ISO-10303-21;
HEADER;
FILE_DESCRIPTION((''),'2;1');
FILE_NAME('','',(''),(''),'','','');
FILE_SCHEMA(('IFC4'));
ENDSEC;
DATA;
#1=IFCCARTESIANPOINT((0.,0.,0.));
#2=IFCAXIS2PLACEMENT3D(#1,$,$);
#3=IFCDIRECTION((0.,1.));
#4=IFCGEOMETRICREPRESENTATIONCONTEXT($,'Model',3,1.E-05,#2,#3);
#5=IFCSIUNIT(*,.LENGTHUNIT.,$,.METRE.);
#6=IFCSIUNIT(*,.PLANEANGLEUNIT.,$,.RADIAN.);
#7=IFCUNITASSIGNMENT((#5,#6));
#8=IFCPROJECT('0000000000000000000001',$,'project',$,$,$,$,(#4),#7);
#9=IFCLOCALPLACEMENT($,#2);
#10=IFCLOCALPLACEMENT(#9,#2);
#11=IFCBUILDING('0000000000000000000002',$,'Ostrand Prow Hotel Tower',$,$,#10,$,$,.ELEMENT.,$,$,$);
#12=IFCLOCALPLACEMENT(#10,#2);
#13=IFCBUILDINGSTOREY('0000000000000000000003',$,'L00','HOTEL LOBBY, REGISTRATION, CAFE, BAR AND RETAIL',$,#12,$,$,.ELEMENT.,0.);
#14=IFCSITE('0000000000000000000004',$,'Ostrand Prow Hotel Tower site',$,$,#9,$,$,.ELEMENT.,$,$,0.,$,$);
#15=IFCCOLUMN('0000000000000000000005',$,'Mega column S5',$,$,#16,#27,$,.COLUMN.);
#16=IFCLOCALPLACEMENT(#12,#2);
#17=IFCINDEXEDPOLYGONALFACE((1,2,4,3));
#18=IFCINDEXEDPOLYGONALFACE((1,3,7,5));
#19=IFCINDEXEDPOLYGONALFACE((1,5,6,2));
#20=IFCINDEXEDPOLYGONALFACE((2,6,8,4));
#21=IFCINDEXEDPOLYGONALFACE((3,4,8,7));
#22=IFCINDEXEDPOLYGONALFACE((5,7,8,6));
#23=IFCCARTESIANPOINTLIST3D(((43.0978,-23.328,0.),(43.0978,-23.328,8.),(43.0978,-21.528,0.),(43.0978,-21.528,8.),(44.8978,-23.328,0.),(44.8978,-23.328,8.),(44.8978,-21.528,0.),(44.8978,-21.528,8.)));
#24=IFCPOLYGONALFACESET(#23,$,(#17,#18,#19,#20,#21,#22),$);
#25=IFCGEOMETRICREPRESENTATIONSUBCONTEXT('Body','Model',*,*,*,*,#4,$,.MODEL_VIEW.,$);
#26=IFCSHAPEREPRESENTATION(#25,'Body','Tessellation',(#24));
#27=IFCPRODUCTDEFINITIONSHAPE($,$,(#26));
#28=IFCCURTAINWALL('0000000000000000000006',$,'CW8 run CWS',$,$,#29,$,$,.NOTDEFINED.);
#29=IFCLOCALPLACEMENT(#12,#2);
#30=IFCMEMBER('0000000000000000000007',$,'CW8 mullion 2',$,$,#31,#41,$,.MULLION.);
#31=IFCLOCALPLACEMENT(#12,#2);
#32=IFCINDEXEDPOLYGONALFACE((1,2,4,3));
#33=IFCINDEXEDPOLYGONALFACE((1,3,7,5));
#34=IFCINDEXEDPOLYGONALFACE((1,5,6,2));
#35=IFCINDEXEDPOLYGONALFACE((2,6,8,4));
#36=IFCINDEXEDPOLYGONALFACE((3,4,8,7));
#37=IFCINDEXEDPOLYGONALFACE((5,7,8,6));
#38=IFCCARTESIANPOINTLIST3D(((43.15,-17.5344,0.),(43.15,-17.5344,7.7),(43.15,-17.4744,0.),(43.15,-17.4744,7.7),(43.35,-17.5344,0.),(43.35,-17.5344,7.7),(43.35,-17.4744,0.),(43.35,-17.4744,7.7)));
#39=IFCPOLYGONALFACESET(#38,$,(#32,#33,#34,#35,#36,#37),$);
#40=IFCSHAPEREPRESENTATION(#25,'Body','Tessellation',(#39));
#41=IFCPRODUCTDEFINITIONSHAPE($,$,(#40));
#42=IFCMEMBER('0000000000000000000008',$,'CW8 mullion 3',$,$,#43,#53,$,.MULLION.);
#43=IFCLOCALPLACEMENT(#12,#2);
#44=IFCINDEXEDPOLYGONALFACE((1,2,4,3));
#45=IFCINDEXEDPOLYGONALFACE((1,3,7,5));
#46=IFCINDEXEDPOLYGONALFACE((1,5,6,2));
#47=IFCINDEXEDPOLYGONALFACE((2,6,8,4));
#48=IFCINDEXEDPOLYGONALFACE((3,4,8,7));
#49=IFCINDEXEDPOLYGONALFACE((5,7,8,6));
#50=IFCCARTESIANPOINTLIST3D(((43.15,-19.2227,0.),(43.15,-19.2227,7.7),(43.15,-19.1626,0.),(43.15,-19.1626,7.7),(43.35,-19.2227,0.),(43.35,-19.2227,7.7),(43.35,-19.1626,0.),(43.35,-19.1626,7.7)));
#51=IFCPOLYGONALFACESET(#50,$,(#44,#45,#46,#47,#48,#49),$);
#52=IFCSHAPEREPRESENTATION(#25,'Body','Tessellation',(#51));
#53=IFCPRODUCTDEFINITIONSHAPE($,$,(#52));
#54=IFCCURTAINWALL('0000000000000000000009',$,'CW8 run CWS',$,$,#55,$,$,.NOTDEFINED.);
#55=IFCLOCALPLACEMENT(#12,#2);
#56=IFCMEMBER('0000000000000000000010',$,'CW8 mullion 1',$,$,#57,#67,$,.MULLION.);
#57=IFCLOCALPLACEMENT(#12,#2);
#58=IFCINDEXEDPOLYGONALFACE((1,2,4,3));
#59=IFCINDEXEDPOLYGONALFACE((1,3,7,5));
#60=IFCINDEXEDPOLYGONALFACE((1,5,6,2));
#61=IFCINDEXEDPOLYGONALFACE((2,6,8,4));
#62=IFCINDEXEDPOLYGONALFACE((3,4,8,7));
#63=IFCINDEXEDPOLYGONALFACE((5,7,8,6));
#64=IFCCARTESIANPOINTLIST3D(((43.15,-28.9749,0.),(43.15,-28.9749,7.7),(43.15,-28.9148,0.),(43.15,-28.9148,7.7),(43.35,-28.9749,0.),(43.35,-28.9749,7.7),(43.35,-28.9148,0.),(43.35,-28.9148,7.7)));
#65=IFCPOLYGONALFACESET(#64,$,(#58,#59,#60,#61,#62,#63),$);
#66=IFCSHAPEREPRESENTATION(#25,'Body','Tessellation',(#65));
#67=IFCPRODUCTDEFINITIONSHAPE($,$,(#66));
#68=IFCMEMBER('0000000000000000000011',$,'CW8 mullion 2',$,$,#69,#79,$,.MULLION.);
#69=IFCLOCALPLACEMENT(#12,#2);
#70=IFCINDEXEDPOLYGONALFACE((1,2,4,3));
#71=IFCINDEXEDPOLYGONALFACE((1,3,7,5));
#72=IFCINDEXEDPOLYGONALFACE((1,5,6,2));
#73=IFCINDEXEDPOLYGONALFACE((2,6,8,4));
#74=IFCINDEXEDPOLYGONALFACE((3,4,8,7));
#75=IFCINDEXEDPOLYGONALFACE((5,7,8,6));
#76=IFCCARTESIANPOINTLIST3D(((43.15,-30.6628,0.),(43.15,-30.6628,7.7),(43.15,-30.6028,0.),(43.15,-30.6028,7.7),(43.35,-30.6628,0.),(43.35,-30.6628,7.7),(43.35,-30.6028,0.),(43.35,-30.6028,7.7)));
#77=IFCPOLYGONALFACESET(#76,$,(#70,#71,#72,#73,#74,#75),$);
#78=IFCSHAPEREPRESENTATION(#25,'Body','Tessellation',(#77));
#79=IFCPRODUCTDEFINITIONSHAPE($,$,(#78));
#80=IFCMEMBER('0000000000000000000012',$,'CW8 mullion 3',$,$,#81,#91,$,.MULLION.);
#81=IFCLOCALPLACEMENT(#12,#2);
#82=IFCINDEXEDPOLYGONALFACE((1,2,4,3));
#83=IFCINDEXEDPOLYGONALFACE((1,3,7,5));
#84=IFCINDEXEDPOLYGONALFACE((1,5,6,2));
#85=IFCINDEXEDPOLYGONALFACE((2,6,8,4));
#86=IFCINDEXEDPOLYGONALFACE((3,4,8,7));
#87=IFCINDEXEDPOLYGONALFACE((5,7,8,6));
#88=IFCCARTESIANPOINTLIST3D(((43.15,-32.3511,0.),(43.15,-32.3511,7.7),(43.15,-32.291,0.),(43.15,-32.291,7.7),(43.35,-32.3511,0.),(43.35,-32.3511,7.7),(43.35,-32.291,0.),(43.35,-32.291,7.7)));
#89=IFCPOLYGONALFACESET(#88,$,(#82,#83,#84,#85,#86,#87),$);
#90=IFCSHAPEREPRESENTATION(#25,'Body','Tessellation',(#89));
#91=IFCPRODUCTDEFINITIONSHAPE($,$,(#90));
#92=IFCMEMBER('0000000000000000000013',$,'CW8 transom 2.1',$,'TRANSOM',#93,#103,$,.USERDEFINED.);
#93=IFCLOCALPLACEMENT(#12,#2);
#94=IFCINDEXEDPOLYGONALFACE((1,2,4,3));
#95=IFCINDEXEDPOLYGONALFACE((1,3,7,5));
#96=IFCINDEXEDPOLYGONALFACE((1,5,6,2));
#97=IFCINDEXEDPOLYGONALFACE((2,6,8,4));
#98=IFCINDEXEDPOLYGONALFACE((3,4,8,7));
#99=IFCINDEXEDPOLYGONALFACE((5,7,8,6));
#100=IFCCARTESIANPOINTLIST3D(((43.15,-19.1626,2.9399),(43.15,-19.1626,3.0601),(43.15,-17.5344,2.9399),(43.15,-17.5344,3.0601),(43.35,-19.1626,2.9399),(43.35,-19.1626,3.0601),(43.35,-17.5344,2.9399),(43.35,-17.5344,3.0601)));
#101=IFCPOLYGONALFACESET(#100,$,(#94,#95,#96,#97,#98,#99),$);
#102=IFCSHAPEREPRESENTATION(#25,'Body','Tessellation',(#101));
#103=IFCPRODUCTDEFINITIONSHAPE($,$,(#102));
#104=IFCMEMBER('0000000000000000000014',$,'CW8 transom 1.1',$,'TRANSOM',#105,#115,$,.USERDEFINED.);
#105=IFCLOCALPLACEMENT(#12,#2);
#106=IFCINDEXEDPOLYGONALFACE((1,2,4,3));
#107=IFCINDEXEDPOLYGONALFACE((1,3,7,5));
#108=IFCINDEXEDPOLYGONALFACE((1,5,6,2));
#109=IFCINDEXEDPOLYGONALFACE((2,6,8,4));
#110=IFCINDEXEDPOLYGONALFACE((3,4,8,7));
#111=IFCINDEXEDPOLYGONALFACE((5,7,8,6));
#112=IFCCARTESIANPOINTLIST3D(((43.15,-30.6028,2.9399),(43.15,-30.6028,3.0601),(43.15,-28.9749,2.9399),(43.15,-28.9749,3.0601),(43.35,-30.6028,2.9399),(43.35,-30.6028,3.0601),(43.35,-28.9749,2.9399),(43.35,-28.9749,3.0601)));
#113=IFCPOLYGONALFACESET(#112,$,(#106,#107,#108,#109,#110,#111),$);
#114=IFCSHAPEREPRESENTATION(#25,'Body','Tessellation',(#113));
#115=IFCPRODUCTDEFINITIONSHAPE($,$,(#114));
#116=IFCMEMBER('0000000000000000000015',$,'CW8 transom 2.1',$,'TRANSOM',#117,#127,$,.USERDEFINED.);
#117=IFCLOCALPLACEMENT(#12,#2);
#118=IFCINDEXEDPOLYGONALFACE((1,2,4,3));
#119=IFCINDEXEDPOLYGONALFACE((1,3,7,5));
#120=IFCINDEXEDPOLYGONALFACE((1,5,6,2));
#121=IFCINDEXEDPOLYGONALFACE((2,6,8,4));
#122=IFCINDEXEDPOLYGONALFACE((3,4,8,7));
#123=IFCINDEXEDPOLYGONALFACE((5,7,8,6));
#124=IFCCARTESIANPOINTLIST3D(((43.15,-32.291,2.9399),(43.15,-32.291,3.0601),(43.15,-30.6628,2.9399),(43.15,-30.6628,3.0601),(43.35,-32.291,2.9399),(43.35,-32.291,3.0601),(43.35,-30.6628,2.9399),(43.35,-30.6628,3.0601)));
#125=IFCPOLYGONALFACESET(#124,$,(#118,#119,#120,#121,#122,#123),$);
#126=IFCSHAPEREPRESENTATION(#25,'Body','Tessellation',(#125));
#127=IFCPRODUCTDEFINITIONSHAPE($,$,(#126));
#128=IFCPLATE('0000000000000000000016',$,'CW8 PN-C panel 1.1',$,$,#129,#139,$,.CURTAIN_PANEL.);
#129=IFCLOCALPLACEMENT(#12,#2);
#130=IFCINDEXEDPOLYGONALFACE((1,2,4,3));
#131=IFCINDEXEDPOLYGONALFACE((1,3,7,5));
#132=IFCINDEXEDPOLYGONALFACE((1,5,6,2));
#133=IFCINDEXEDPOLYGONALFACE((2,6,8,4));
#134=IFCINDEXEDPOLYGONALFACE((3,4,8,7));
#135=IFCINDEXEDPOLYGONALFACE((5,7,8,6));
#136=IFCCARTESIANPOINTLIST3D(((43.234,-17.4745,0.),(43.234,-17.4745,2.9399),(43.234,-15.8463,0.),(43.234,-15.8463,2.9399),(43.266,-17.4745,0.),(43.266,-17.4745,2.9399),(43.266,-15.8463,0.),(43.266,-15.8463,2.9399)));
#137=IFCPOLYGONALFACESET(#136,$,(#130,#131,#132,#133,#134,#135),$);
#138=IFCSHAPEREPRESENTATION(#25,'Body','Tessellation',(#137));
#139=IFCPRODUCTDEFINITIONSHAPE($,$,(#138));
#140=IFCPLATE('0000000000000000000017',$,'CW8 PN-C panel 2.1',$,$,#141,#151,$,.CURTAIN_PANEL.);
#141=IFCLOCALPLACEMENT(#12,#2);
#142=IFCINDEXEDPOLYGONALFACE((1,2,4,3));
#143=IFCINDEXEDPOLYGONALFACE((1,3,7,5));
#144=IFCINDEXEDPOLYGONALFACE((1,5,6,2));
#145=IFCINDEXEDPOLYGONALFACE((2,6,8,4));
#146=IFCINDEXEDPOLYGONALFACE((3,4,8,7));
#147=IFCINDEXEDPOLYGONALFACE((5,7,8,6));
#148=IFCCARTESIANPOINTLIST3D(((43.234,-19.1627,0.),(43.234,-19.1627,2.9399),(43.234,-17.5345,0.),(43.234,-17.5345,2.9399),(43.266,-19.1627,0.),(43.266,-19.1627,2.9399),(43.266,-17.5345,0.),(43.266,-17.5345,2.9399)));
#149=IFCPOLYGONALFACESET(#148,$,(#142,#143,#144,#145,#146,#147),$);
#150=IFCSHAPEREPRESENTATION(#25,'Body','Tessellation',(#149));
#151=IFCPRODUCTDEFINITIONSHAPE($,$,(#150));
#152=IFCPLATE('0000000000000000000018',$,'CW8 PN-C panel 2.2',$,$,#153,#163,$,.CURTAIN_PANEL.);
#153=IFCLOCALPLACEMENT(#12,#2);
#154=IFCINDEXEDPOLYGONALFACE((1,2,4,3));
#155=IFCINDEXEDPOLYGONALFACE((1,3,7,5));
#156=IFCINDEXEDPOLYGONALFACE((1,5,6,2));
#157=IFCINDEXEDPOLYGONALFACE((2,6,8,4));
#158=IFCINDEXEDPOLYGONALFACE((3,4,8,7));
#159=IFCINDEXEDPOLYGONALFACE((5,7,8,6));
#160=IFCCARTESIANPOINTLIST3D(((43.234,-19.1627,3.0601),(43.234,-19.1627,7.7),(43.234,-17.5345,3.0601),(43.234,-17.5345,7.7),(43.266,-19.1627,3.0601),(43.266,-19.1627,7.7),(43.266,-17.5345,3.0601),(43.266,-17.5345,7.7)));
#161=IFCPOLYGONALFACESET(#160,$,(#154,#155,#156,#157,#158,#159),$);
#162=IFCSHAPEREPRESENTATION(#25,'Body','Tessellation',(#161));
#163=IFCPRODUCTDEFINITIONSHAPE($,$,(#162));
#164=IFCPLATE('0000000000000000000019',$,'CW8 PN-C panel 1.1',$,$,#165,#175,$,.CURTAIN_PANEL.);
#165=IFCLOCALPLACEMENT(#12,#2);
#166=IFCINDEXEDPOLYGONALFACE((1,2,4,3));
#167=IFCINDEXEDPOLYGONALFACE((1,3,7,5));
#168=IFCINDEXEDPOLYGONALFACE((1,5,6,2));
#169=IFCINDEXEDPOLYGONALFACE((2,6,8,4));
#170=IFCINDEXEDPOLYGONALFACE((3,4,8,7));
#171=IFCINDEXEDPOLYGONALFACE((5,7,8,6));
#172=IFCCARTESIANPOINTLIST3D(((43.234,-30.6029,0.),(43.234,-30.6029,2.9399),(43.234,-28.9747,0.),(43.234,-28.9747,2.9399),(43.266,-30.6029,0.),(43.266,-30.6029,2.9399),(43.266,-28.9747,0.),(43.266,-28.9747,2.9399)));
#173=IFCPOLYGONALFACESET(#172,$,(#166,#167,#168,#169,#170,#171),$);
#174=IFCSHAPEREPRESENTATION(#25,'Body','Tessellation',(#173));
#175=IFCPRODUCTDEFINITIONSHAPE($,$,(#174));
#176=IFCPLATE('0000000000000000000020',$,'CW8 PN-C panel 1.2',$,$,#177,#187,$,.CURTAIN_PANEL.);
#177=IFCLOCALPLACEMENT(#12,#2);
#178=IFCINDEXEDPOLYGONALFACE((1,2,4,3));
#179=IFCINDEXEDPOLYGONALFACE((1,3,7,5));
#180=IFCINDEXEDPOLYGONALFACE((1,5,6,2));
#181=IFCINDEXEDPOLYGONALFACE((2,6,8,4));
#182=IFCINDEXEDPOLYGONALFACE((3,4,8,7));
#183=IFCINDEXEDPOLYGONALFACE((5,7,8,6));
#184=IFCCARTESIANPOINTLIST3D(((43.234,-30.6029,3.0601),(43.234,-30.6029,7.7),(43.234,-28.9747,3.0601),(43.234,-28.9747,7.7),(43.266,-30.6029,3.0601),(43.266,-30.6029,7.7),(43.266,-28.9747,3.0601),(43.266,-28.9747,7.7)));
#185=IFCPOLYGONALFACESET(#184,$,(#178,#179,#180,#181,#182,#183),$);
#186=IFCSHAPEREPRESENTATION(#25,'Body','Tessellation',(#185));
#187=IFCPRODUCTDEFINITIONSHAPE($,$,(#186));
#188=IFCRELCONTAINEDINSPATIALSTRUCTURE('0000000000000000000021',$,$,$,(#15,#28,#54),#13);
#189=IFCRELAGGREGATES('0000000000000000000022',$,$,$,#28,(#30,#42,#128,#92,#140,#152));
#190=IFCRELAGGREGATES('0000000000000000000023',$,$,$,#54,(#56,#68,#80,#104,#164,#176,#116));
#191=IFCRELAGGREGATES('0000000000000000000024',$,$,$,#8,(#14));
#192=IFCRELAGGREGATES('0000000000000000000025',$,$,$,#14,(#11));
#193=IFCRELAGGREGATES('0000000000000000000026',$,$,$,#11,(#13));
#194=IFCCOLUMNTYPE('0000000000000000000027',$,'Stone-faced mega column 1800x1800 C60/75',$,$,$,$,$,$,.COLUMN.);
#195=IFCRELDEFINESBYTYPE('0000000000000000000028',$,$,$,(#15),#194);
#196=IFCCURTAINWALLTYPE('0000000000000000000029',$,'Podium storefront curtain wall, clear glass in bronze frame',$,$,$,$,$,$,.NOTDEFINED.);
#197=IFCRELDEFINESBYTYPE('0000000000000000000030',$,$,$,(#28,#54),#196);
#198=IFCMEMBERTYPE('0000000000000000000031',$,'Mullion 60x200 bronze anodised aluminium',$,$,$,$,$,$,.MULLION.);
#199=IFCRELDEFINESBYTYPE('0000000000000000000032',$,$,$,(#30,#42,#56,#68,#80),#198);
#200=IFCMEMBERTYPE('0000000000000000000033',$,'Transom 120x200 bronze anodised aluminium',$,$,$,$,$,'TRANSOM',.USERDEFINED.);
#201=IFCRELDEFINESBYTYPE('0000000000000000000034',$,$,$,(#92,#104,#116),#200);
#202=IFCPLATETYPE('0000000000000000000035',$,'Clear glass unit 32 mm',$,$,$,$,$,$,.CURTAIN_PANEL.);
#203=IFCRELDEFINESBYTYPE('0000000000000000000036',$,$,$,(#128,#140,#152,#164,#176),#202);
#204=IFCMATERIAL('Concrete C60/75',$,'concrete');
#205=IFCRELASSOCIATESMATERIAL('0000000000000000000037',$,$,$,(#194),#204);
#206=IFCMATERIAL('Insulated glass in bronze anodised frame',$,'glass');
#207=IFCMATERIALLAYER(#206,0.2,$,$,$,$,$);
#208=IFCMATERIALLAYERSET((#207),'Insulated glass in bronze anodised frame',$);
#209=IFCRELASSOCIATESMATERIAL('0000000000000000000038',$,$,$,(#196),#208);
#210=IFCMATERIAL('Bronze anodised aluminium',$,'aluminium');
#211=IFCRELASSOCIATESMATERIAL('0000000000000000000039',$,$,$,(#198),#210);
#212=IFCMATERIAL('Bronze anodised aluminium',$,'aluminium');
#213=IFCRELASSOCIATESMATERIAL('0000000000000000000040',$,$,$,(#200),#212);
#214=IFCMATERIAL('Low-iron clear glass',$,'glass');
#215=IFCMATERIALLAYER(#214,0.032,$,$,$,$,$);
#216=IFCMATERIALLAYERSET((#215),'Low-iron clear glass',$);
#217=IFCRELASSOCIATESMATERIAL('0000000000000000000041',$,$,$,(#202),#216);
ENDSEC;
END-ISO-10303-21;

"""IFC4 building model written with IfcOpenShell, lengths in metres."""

from ifc_helpers import new_model, si_unit, direction, frame, origin, origin_2d, place, context, subcontext, project, spatial, rectangle, extrude, material, layer, layer_set, material_profile, profile_set, type_object, element, aggregate, save


model = new_model("IFC4")

# Units and contexts
model_context = context("Model", 3, precision=1e-05, world=origin(), true_north=direction((0.0, 1.0)))
body_context = subcontext(model_context, "Body", "Model", "MODEL_VIEW")
ifc_project = project(units=[si_unit("LENGTHUNIT", "METRE"), si_unit("PLANEANGLEUNIT", "RADIAN")], contexts=[model_context])

# Site, building, storey
site_placement = place(None, origin())
site = spatial("IfcSite", under=ifc_project, at=site_placement, Name="Ostrand Prow Hotel Tower site", CompositionType="ELEMENT", RefElevation=0.0)
building_placement = place(site_placement, origin())
building = spatial("IfcBuilding", under=site, at=building_placement, Name="Ostrand Prow Hotel Tower", CompositionType="ELEMENT")
storey_placement = place(building_placement, origin())
storey = spatial("IfcBuildingStorey", under=building, at=storey_placement, Name="L00", Description="HOTEL LOBBY, REGISTRATION, CAFE, BAR AND RETAIL", CompositionType="ELEMENT", Elevation=0.0)

# Column
ifc_material_1 = material(Name="Concrete C60/75", Category="concrete")
ifc_material_profile_1 = material_profile(ifc_material_1, rectangle(XDim=1.8, YDim=1.8, at=origin_2d()), Name="RC 1800x1800")
ifc_profile_set_1 = profile_set([ifc_material_profile_1], Name="Concrete C60/75")
column_type = type_object("IfcColumnType", Name="Stone-faced mega column 1800x1800 C60/75", PredefinedType="COLUMN", material=ifc_profile_set_1)
column_placement = place(storey_placement, frame((43.9978, -22.428, 0.0), z_axis=(0.0, 0.0, 1.0), x_axis=(1.0, 0.0, 0.0)))
element("IfcColumn", 1, at=column_placement, inside=storey, type_object=column_type, Name="Mega column S5", PredefinedType="COLUMN", context=body_context, shape_type="SweptSolid", body=[
    extrude(rectangle(XDim=1.8, YDim=1.8, at=origin_2d()), origin(), (0.0, 0.0, 1.0), 8.0),
])

# Curtain walls, members
ifc_material_2 = material(Name="Insulated glass in bronze anodised frame", Category="glass")
ifc_layer_1 = layer(ifc_material_2, 0.2)
ifc_layer_set_1 = layer_set([ifc_layer_1], Name="Insulated glass in bronze anodised frame")
curtain_wall_type = type_object("IfcCurtainWallType", Name="Podium storefront curtain wall, clear glass in bronze frame", PredefinedType="NOTDEFINED", material=ifc_layer_set_1)
curtain_wall_1_placement = place(storey_placement, origin())
curtain_wall_1 = element("IfcCurtainWall", 2, at=curtain_wall_1_placement, inside=storey, type_object=curtain_wall_type, Name="CW8 run CWS", PredefinedType="NOTDEFINED")
ifc_material_3 = material(Name="Bronze anodised aluminium", Category="aluminium")
ifc_material_profile_2 = material_profile(ifc_material_3, rectangle(XDim=0.2, YDim=0.0601, at=origin_2d()), Name="Mullion 60x200 bronze anodised aluminium")
ifc_profile_set_2 = profile_set([ifc_material_profile_2], Name="Bronze anodised aluminium")
member_type_1 = type_object("IfcMemberType", Name="Mullion 60x200 bronze anodised aluminium", PredefinedType="MULLION", material=ifc_profile_set_2)
member_1_placement = place(storey_placement, frame((43.25, -17.5044, 0.0), z_axis=(0.0, 0.0, 1.0), x_axis=(1.0, 0.0, 0.0)))
member_1 = element("IfcMember", 3, at=member_1_placement, type_object=member_type_1, Name="CW8 mullion 2", PredefinedType="MULLION", context=body_context, shape_type="SweptSolid", body=[
    extrude(rectangle(XDim=0.2, YDim=0.0601, at=origin_2d()), origin(), (0.0, 0.0, 1.0), 7.7),
])
member_2_placement = place(storey_placement, frame((43.25, -19.1926, 0.0), z_axis=(0.0, 0.0, 1.0), x_axis=(1.0, 0.0, 0.0)))
member_2 = element("IfcMember", 4, at=member_2_placement, type_object=member_type_1, Name="CW8 mullion 3", PredefinedType="MULLION", context=body_context, shape_type="SweptSolid", body=[
    extrude(rectangle(XDim=0.2, YDim=0.0601, at=origin_2d()), origin(), (0.0, 0.0, 1.0), 7.7),
])
curtain_wall_2_placement = place(storey_placement, origin())
curtain_wall_2 = element("IfcCurtainWall", 5, at=curtain_wall_2_placement, inside=storey, type_object=curtain_wall_type, Name="CW8 run CWS", PredefinedType="NOTDEFINED")
member_3_placement = place(storey_placement, frame((43.25, -28.9448, 0.0), z_axis=(0.0, 0.0, 1.0), x_axis=(1.0, 0.0, 0.0)))
member_3 = element("IfcMember", 6, at=member_3_placement, type_object=member_type_1, Name="CW8 mullion 1", PredefinedType="MULLION", context=body_context, shape_type="SweptSolid", body=[
    extrude(rectangle(XDim=0.2, YDim=0.0601, at=origin_2d()), origin(), (0.0, 0.0, 1.0), 7.7),
])
member_4_placement = place(storey_placement, frame((43.25, -30.6328, 0.0), z_axis=(0.0, 0.0, 1.0), x_axis=(1.0, 0.0, 0.0)))
member_4 = element("IfcMember", 7, at=member_4_placement, type_object=member_type_1, Name="CW8 mullion 2", PredefinedType="MULLION", context=body_context, shape_type="SweptSolid", body=[
    extrude(rectangle(XDim=0.2, YDim=0.0601, at=origin_2d()), origin(), (0.0, 0.0, 1.0), 7.7),
])
member_5_placement = place(storey_placement, frame((43.25, -32.321, 0.0), z_axis=(0.0, 0.0, 1.0), x_axis=(1.0, 0.0, 0.0)))
member_5 = element("IfcMember", 8, at=member_5_placement, type_object=member_type_1, Name="CW8 mullion 3", PredefinedType="MULLION", context=body_context, shape_type="SweptSolid", body=[
    extrude(rectangle(XDim=0.2, YDim=0.0601, at=origin_2d()), origin(), (0.0, 0.0, 1.0), 7.7),
])

# Members
ifc_material_4 = material(Name="Bronze anodised aluminium", Category="aluminium")
ifc_material_profile_3 = material_profile(ifc_material_4, rectangle(XDim=0.2, YDim=0.1201, at=origin_2d()), Name="Transom 120x200 bronze anodised aluminium")
ifc_profile_set_3 = profile_set([ifc_material_profile_3], Name="Bronze anodised aluminium")
member_type_2 = type_object("IfcMemberType", Name="Transom 120x200 bronze anodised aluminium", ElementType="TRANSOM", PredefinedType="USERDEFINED", material=ifc_profile_set_3)
member_6_placement = place(storey_placement, frame((43.25, -17.5344, 3.0), z_axis=(0.0, -1.0, 0.0), x_axis=(1.0, 0.0, 0.0)))
member_6 = element("IfcMember", 9, at=member_6_placement, type_object=member_type_2, Name="CW8 transom 2.1", ObjectType="TRANSOM", PredefinedType="USERDEFINED", context=body_context, shape_type="SweptSolid", body=[
    extrude(rectangle(XDim=0.2, YDim=0.1201, at=origin_2d()), origin(), (0.0, 0.0, 1.0), 1.6282),
])
member_7_placement = place(storey_placement, frame((43.25, -28.9749, 3.0), z_axis=(0.0, -1.0, 0.0), x_axis=(1.0, 0.0, 0.0)))
member_7 = element("IfcMember", 10, at=member_7_placement, type_object=member_type_2, Name="CW8 transom 1.1", ObjectType="TRANSOM", PredefinedType="USERDEFINED", context=body_context, shape_type="SweptSolid", body=[
    extrude(rectangle(XDim=0.2, YDim=0.1201, at=origin_2d()), origin(), (0.0, 0.0, 1.0), 1.6279),
])
member_8_placement = place(storey_placement, frame((43.25, -30.6628, 3.0), z_axis=(0.0, -1.0, 0.0), x_axis=(1.0, 0.0, 0.0)))
member_8 = element("IfcMember", 11, at=member_8_placement, type_object=member_type_2, Name="CW8 transom 2.1", ObjectType="TRANSOM", PredefinedType="USERDEFINED", context=body_context, shape_type="SweptSolid", body=[
    extrude(rectangle(XDim=0.2, YDim=0.1201, at=origin_2d()), origin(), (0.0, 0.0, 1.0), 1.6282),
])

# Plates
ifc_material_5 = material(Name="Low-iron clear glass", Category="glass")
ifc_layer_2 = layer(ifc_material_5, 0.032)
ifc_layer_set_2 = layer_set([ifc_layer_2], Name="Low-iron clear glass")
plate_type = type_object("IfcPlateType", Name="Clear glass unit 32 mm", PredefinedType="CURTAIN_PANEL", material=ifc_layer_set_2)
plate_1_placement = place(storey_placement, frame((43.25, -16.6604, 0.0), z_axis=(0.0, 0.0, 1.0), x_axis=(0.0, -1.0, 0.0)))
plate_1 = element("IfcPlate", 12, at=plate_1_placement, type_object=plate_type, Name="CW8 PN-C panel 1.1", PredefinedType="CURTAIN_PANEL", context=body_context, shape_type="SweptSolid", body=[
    extrude(rectangle(XDim=1.6282, YDim=0.032, at=origin_2d()), origin(), (0.0, 0.0, 1.0), 2.9399),
])
plate_2_placement = place(storey_placement, frame((43.25, -18.3486, 0.0), z_axis=(0.0, 0.0, 1.0), x_axis=(0.0, -1.0, 0.0)))
plate_2 = element("IfcPlate", 13, at=plate_2_placement, type_object=plate_type, Name="CW8 PN-C panel 2.1", PredefinedType="CURTAIN_PANEL", context=body_context, shape_type="SweptSolid", body=[
    extrude(rectangle(XDim=1.6282, YDim=0.032, at=origin_2d()), origin(), (0.0, 0.0, 1.0), 2.9399),
])
plate_3_placement = place(storey_placement, frame((43.25, -18.3486, 3.0601), z_axis=(0.0, 0.0, 1.0), x_axis=(0.0, -1.0, 0.0)))
plate_3 = element("IfcPlate", 14, at=plate_3_placement, type_object=plate_type, Name="CW8 PN-C panel 2.2", PredefinedType="CURTAIN_PANEL", context=body_context, shape_type="SweptSolid", body=[
    extrude(rectangle(XDim=1.6282, YDim=0.032, at=origin_2d()), origin(), (0.0, 0.0, 1.0), 4.6399),
])
aggregate(curtain_wall_1, [member_1, member_2, plate_1, member_6, plate_2, plate_3])
plate_4_placement = place(storey_placement, frame((43.25, -29.7888, 0.0), z_axis=(0.0, 0.0, 1.0), x_axis=(0.0, -1.0, 0.0)))
plate_4 = element("IfcPlate", 15, at=plate_4_placement, type_object=plate_type, Name="CW8 PN-C panel 1.1", PredefinedType="CURTAIN_PANEL", context=body_context, shape_type="SweptSolid", body=[
    extrude(rectangle(XDim=1.6282, YDim=0.032, at=origin_2d()), origin(), (0.0, 0.0, 1.0), 2.9399),
])
plate_5_placement = place(storey_placement, frame((43.25, -29.7888, 3.0601), z_axis=(0.0, 0.0, 1.0), x_axis=(0.0, -1.0, 0.0)))
plate_5 = element("IfcPlate", 16, at=plate_5_placement, type_object=plate_type, Name="CW8 PN-C panel 1.2", PredefinedType="CURTAIN_PANEL", context=body_context, shape_type="SweptSolid", body=[
    extrude(rectangle(XDim=1.6282, YDim=0.032, at=origin_2d()), origin(), (0.0, 0.0, 1.0), 4.6399),
])
aggregate(curtain_wall_2, [member_3, member_4, member_5, member_7, plate_4, plate_5, member_8])

save(model, "model.ifc")
